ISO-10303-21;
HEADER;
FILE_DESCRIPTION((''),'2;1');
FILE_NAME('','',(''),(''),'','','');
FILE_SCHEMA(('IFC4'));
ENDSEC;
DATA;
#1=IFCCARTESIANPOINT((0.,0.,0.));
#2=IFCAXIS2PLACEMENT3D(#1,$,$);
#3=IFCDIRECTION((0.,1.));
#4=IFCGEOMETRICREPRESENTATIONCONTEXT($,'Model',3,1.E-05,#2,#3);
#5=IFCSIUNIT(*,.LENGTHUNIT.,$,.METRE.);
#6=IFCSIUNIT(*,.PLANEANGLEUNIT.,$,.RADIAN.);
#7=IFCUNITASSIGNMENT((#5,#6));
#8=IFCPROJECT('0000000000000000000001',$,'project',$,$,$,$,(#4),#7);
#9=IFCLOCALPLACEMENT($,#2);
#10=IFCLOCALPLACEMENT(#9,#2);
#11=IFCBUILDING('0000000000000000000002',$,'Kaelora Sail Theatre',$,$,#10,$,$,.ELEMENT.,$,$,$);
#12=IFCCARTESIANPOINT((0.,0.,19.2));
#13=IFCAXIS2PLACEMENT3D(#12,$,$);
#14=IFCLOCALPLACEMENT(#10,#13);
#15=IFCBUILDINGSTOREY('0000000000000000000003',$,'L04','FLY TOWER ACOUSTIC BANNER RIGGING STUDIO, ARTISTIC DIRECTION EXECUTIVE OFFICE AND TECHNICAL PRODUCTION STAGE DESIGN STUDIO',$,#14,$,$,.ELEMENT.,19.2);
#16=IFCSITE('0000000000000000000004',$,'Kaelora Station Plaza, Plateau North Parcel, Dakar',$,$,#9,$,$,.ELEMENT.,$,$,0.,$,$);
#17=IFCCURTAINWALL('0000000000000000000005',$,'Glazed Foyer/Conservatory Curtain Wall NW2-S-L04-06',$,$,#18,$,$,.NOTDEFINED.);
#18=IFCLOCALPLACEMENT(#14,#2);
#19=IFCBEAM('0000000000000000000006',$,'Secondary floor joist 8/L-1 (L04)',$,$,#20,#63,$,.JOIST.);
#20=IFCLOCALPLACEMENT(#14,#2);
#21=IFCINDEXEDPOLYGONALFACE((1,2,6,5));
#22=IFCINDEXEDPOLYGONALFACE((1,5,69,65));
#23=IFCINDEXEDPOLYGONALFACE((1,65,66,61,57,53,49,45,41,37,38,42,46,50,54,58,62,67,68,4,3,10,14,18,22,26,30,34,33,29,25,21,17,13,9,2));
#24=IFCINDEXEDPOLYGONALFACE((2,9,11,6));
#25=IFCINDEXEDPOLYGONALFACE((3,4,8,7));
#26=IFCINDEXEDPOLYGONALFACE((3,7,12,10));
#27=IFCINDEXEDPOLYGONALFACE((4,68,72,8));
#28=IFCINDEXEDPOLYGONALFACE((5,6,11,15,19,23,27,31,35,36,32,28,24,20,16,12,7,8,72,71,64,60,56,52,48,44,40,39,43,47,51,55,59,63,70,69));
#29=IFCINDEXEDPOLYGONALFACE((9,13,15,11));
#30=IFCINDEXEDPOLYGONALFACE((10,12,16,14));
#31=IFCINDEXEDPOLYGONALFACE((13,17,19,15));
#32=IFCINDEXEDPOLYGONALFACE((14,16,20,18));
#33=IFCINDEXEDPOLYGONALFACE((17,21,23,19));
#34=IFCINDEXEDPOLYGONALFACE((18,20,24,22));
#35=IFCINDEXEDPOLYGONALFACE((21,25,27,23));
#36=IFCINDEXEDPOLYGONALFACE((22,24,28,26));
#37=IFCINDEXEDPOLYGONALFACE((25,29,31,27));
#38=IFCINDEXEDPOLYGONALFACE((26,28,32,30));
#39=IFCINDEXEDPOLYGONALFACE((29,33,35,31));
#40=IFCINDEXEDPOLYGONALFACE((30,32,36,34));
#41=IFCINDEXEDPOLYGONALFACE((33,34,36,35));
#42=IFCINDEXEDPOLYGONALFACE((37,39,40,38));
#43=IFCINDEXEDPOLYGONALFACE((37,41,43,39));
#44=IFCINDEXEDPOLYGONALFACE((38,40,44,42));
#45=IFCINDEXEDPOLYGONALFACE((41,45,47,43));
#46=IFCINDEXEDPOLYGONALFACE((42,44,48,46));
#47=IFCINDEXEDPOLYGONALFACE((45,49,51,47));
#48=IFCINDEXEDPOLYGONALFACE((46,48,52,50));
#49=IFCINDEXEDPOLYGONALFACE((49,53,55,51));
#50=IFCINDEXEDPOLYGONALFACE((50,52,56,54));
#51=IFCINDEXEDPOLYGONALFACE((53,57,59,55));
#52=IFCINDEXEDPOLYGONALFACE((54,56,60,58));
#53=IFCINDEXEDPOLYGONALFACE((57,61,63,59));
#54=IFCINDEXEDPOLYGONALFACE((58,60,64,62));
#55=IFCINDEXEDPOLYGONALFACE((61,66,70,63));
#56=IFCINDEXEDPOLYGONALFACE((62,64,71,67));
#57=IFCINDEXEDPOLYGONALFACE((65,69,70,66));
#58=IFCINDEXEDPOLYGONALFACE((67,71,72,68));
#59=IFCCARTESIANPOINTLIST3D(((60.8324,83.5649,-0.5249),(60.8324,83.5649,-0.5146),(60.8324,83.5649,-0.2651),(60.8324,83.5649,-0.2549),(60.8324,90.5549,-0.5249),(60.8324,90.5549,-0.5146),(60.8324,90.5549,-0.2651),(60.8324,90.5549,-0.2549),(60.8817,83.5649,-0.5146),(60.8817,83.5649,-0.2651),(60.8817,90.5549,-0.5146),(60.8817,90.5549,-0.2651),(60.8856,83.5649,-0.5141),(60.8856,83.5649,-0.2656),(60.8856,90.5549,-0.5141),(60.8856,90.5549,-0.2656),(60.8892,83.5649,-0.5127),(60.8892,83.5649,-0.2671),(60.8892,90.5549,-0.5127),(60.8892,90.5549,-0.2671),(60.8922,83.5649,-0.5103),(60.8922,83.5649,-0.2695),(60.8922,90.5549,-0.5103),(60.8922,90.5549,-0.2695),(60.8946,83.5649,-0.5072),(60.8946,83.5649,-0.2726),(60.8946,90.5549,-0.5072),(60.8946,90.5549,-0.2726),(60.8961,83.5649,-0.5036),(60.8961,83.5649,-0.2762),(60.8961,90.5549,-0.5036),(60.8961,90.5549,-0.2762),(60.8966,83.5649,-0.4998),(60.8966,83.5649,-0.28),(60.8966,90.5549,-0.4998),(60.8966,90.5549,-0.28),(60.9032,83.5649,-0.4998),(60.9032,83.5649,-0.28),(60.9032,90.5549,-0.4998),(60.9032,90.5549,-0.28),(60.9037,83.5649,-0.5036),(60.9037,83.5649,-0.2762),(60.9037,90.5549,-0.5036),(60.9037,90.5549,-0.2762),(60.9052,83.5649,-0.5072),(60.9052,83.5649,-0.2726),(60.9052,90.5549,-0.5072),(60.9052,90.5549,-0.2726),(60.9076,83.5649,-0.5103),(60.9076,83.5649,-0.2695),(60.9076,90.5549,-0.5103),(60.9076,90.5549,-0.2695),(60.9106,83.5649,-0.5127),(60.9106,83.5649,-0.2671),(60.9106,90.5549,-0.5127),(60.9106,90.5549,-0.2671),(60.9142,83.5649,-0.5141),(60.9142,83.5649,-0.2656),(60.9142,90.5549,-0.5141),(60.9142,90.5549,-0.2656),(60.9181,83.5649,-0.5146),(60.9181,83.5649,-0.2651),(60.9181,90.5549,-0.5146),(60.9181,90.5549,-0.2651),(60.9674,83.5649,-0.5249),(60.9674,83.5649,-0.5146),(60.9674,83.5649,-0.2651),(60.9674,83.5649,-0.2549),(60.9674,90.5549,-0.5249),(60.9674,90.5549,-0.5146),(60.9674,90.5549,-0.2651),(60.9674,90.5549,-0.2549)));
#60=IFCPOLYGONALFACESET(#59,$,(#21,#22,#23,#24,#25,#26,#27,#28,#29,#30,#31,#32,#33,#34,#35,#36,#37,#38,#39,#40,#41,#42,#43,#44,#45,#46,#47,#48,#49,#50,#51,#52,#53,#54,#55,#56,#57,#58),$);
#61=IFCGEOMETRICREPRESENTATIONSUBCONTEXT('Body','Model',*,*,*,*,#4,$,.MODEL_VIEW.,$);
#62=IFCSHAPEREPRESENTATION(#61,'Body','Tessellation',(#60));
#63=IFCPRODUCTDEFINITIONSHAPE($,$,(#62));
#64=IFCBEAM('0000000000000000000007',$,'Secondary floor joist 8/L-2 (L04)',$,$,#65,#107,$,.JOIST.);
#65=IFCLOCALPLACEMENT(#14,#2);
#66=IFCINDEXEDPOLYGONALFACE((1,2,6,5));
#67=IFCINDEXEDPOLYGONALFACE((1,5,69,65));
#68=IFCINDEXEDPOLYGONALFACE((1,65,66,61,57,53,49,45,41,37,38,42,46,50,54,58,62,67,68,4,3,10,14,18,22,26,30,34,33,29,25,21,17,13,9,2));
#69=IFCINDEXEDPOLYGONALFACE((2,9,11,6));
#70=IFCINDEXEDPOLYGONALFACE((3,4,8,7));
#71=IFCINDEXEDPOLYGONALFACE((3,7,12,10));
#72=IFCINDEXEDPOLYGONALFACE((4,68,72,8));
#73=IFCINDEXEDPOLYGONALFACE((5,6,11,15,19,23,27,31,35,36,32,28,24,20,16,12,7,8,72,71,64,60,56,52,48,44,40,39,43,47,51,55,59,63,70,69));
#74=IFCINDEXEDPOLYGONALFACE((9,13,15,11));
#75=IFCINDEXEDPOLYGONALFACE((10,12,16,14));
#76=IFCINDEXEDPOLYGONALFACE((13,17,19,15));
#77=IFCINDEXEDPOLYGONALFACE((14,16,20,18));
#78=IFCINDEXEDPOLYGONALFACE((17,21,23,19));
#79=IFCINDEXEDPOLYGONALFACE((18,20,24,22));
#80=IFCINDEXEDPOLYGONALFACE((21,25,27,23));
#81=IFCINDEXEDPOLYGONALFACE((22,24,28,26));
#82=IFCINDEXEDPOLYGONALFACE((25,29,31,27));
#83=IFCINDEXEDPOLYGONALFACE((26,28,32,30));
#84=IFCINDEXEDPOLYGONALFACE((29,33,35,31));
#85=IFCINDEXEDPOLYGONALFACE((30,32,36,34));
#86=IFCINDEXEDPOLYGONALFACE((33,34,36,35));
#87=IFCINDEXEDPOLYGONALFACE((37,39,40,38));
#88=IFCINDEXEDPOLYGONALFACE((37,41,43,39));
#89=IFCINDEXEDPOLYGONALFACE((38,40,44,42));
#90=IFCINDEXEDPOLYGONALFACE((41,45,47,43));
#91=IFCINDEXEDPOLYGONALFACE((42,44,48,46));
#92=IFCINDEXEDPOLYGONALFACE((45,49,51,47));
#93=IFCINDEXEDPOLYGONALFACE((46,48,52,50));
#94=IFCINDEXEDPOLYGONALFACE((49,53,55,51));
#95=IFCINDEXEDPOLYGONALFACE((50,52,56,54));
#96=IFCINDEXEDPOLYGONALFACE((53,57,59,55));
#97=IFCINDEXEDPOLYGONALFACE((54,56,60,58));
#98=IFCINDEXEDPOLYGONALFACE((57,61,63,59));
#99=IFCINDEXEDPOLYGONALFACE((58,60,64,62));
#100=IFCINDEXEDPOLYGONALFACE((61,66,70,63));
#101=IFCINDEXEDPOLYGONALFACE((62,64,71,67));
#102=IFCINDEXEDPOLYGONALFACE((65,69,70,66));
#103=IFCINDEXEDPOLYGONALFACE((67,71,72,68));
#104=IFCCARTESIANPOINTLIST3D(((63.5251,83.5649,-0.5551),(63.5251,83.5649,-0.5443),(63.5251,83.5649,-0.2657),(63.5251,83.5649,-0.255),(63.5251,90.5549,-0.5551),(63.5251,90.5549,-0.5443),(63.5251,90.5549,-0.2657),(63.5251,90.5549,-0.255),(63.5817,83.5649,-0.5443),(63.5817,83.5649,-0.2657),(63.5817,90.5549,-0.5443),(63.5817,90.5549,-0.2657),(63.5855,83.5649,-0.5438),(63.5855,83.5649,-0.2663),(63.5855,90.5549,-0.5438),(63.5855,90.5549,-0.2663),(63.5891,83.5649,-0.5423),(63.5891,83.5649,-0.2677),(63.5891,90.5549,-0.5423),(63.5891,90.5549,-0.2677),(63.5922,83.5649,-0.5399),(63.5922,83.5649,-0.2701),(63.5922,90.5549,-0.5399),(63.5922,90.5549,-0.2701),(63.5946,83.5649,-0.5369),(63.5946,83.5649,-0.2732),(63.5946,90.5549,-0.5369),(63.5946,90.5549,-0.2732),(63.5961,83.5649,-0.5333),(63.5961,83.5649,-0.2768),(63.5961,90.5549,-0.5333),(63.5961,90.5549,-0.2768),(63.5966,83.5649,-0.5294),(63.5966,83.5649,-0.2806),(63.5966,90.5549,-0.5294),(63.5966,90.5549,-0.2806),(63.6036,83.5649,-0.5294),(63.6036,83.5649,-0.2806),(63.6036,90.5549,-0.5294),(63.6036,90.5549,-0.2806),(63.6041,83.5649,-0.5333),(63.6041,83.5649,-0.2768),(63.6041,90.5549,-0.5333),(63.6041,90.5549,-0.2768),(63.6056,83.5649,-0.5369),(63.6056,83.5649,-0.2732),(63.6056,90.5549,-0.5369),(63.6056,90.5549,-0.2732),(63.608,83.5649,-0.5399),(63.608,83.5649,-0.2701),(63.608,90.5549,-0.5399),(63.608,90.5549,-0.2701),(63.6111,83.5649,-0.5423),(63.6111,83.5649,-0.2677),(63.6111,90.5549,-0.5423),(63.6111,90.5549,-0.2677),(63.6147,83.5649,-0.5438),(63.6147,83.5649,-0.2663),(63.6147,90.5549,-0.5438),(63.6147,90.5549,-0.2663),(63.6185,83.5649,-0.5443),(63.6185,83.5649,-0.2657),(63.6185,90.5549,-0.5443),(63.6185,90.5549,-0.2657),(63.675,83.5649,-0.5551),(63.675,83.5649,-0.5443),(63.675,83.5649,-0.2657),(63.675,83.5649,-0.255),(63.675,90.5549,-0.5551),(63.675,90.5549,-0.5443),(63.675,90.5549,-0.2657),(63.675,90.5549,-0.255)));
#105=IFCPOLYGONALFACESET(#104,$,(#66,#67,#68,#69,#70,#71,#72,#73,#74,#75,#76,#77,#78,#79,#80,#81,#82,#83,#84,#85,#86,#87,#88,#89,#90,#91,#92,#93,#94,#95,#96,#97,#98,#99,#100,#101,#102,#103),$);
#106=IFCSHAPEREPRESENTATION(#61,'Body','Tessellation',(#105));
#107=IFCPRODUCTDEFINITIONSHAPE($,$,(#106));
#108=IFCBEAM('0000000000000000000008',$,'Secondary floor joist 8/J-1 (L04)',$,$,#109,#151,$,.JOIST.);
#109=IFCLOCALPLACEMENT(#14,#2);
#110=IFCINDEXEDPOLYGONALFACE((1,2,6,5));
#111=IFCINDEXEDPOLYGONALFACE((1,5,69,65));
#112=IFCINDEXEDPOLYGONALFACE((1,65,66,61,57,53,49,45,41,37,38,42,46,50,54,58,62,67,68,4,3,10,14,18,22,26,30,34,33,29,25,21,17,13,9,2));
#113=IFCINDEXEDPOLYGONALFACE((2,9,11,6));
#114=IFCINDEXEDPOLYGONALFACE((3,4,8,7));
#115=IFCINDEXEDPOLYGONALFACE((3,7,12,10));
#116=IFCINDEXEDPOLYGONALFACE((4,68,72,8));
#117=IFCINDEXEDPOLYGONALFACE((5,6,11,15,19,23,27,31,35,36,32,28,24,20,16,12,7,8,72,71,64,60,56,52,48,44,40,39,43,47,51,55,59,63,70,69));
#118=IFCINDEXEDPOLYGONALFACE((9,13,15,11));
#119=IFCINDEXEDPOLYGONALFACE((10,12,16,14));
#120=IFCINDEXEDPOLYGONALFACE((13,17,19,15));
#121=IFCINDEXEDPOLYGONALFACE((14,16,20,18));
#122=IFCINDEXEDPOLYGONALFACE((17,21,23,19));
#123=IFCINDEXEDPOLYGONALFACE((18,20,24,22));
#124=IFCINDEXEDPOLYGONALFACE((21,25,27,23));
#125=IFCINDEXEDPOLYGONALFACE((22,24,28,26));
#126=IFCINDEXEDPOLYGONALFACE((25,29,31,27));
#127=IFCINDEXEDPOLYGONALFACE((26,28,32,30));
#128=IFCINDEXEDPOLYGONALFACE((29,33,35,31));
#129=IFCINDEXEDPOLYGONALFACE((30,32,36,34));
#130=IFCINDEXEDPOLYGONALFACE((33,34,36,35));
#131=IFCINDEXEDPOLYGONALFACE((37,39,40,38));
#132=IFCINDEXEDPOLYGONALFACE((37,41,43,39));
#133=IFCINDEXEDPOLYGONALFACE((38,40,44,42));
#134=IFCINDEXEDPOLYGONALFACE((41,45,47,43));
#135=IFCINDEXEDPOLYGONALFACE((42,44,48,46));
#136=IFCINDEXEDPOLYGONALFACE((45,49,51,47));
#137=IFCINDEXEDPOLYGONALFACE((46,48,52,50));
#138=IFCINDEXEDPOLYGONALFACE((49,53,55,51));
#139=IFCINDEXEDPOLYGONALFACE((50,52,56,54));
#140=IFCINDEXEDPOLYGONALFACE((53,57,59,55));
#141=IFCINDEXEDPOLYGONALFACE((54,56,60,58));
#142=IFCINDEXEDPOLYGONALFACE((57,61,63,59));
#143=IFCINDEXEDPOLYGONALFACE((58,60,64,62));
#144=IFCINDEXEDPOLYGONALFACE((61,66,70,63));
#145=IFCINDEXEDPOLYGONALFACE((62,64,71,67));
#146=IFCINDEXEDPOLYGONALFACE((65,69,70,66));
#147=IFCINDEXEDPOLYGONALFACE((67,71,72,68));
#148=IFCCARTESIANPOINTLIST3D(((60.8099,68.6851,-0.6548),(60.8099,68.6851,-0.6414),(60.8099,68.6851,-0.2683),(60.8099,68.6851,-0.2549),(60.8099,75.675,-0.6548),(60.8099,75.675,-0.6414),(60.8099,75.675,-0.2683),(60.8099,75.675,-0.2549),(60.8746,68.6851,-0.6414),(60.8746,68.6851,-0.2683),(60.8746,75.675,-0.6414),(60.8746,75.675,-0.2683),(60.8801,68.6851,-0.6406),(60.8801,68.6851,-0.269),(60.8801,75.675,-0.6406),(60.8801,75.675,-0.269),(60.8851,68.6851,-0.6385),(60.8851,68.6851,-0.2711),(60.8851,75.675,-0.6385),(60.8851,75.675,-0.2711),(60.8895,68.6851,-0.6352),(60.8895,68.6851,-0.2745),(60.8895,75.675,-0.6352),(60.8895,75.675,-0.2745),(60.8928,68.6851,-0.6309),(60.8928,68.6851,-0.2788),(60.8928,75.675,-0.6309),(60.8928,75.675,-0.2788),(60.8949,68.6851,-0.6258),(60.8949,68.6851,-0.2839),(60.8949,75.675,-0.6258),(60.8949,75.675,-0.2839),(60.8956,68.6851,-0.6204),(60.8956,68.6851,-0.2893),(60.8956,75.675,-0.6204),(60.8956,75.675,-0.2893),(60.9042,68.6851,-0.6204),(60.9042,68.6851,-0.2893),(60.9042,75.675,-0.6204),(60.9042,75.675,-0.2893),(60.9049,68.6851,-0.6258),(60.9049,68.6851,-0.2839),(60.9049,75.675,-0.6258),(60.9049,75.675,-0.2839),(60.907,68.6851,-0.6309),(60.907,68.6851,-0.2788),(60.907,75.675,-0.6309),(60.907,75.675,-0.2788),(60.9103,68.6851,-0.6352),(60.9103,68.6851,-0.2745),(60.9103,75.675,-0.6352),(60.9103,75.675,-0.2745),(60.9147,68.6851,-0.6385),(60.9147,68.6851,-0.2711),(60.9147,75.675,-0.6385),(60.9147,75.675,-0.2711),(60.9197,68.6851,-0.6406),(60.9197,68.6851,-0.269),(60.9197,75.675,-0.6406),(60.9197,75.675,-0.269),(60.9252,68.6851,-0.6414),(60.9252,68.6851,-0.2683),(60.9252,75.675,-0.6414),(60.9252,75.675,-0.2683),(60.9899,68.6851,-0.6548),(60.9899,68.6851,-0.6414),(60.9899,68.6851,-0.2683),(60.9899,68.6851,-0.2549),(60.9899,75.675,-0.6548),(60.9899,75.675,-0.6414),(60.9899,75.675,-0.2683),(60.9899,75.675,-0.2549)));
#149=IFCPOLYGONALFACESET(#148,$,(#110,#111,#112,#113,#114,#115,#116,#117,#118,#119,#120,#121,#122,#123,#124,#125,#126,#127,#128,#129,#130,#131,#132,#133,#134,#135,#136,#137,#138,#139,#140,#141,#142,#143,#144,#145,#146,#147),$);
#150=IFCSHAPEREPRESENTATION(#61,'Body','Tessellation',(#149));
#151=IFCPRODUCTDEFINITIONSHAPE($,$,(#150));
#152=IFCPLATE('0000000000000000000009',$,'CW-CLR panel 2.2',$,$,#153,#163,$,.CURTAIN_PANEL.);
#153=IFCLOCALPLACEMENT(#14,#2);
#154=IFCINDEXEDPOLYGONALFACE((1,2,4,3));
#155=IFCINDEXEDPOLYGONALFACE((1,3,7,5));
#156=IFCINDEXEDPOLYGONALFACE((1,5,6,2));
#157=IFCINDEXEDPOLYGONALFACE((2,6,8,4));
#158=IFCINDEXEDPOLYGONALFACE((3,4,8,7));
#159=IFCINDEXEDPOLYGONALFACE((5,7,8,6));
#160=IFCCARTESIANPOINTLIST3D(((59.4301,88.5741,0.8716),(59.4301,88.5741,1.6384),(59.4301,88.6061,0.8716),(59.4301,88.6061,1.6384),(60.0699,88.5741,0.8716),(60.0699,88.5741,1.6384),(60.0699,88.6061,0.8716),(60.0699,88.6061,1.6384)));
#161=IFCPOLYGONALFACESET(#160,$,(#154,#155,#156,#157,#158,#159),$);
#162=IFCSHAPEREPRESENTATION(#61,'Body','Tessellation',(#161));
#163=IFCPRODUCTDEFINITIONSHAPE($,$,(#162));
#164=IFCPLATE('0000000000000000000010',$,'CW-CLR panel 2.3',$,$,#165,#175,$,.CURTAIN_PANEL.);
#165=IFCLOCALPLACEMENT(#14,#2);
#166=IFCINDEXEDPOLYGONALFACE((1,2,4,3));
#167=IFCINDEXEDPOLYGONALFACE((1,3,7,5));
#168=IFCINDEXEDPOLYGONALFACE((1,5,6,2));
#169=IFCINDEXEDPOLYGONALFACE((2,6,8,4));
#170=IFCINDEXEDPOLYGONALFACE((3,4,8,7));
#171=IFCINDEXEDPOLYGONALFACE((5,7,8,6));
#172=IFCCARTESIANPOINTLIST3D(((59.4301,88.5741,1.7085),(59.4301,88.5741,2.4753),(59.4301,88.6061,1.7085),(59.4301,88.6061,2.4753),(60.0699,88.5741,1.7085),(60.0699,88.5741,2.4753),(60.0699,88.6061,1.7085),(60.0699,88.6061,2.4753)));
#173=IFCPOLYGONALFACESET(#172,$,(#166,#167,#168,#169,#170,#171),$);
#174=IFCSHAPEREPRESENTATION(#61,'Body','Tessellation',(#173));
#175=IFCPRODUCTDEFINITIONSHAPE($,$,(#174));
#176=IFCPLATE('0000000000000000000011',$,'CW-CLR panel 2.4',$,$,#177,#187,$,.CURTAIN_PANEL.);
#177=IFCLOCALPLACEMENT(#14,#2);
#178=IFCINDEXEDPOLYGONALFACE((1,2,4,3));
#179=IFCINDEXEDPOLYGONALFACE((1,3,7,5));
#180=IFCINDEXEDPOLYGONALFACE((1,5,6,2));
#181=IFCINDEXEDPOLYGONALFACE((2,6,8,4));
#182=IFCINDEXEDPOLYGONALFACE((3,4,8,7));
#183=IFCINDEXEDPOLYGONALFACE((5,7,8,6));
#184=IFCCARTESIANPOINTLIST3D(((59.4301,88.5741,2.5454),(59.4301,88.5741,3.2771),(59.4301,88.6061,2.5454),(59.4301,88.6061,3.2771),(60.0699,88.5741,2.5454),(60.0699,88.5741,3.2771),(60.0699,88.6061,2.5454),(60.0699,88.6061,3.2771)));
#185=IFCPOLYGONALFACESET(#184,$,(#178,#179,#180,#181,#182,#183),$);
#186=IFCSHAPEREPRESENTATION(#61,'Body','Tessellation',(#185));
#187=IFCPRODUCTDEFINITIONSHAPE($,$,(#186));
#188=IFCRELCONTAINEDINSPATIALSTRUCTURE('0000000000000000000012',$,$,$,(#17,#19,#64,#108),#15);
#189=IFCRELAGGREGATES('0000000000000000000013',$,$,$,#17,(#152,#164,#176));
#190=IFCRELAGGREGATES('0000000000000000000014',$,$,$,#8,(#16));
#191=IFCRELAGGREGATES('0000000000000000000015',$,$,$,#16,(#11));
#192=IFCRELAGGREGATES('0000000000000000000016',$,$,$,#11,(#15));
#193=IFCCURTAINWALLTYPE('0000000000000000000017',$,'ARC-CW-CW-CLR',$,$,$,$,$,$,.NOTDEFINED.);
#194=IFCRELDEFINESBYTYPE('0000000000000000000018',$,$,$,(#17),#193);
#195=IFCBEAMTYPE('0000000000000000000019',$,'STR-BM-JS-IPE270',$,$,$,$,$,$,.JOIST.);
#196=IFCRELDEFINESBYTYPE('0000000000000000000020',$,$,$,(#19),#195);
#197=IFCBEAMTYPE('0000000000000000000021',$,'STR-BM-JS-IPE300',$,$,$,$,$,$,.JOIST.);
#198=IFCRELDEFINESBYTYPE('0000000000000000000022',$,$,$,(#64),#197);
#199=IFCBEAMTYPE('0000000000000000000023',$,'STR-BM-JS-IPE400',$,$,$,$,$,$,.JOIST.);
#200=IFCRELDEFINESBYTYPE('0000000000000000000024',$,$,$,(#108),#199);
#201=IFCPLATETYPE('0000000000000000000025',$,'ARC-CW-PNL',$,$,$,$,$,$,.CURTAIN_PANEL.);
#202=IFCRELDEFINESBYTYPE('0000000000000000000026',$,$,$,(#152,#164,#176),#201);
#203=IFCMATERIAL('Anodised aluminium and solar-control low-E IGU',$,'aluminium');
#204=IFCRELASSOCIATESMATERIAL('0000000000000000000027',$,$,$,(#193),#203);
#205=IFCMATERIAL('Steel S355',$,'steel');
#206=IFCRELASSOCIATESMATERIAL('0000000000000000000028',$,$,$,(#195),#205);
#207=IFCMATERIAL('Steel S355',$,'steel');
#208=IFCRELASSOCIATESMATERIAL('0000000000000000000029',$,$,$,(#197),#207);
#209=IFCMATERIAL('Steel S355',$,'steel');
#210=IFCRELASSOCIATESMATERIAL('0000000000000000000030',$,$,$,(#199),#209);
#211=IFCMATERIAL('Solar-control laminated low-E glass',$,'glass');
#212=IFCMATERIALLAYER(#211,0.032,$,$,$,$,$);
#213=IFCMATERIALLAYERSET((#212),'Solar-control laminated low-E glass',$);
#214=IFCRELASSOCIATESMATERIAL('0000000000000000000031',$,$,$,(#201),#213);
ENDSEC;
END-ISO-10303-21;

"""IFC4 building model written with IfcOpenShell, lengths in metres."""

from ifc_helpers import new_model, si_unit, direction, frame, origin, origin_2d, place, context, subcontext, project, spatial, rectangle, i_section, extrude, material, layer, layer_set, material_profile, profile_set, type_object, element, aggregate, save


model = new_model("IFC4")

# Units and contexts
model_context = context("Model", 3, precision=1e-05, world=origin(), true_north=direction((0.0, 1.0)))
body_context = subcontext(model_context, "Body", "Model", "MODEL_VIEW")
ifc_project = project(units=[si_unit("LENGTHUNIT", "METRE"), si_unit("PLANEANGLEUNIT", "RADIAN")], contexts=[model_context])

# Site, building, storey
site_placement = place(None, origin())
site = spatial("IfcSite", under=ifc_project, at=site_placement, Name="Kaelora Station Plaza, Plateau North Parcel, Dakar", CompositionType="ELEMENT", RefElevation=0.0)
building_placement = place(site_placement, origin())
building = spatial("IfcBuilding", under=site, at=building_placement, Name="Kaelora Sail Theatre", CompositionType="ELEMENT")
storey_placement = place(building_placement, frame((0.0, 0.0, 19.2)))
storey = spatial("IfcBuildingStorey", under=building, at=storey_placement, Name="L04", Description="FLY TOWER ACOUSTIC BANNER RIGGING STUDIO, ARTISTIC DIRECTION EXECUTIVE OFFICE AND TECHNICAL PRODUCTION STAGE DESIGN STUDIO", CompositionType="ELEMENT", Elevation=19.2)

# Curtain wall
ifc_material_1 = material(Name="Anodised aluminium and solar-control low-E IGU", Category="aluminium")
curtain_wall_type = type_object("IfcCurtainWallType", Name="ARC-CW-CW-CLR", PredefinedType="NOTDEFINED", material=ifc_material_1)
curtain_wall_placement = place(storey_placement, origin())
curtain_wall = element("IfcCurtainWall", 1, at=curtain_wall_placement, inside=storey, type_object=curtain_wall_type, Name="Glazed Foyer/Conservatory Curtain Wall NW2-S-L04-06", PredefinedType="NOTDEFINED")

# Beams
ifc_material_2 = material(Name="Steel S355", Category="steel")
ifc_material_profile_1 = material_profile(ifc_material_2, i_section(OverallWidth=0.135, OverallDepth=0.27, WebThickness=0.0066, FlangeThickness=0.0103, FilletRadius=0.0149, at=origin_2d()), Name="IPE 270")
ifc_profile_set_1 = profile_set([ifc_material_profile_1], Name="Steel S355")
beam_type_1 = type_object("IfcBeamType", Name="STR-BM-JS-IPE270", PredefinedType="JOIST", material=ifc_profile_set_1)
beam_1_placement = place(storey_placement, frame((60.8999, 83.5649, -0.3899), z_axis=(0.0, 1.0, 0.0), x_axis=(-1.0, 0.0, 0.0)))
element("IfcBeam", 2, at=beam_1_placement, inside=storey, type_object=beam_type_1, Name="Secondary floor joist 8/L-1 (L04)", PredefinedType="JOIST", context=body_context, shape_type="SweptSolid", body=[
    extrude(i_section(OverallWidth=0.135, OverallDepth=0.27, WebThickness=0.0066, FlangeThickness=0.0103, FilletRadius=0.0149, at=origin_2d()), origin(), (0.0, 0.0, 1.0), 6.99),
])
ifc_material_3 = material(Name="Steel S355", Category="steel")
ifc_material_profile_2 = material_profile(ifc_material_3, i_section(OverallWidth=0.1499, OverallDepth=0.3, WebThickness=0.0071, FlangeThickness=0.0107, FilletRadius=0.0149, at=origin_2d()), Name="IPE 300")
ifc_profile_set_2 = profile_set([ifc_material_profile_2], Name="Steel S355")
beam_type_2 = type_object("IfcBeamType", Name="STR-BM-JS-IPE300", PredefinedType="JOIST", material=ifc_profile_set_2)
beam_2_placement = place(storey_placement, frame((63.6001, 83.5649, -0.405), z_axis=(0.0, 1.0, 0.0), x_axis=(-1.0, 0.0, 0.0)))
element("IfcBeam", 3, at=beam_2_placement, inside=storey, type_object=beam_type_2, Name="Secondary floor joist 8/L-2 (L04)", PredefinedType="JOIST", context=body_context, shape_type="SweptSolid", body=[
    extrude(i_section(OverallWidth=0.1499, OverallDepth=0.3, WebThickness=0.0071, FlangeThickness=0.0107, FilletRadius=0.0149, at=origin_2d()), origin(), (0.0, 0.0, 1.0), 6.99),
])
ifc_material_4 = material(Name="Steel S355", Category="steel")
ifc_material_profile_3 = material_profile(ifc_material_4, i_section(OverallWidth=0.1799, OverallDepth=0.3999, WebThickness=0.0085, FlangeThickness=0.0134, FilletRadius=0.021, at=origin_2d()), Name="IPE 400")
ifc_profile_set_3 = profile_set([ifc_material_profile_3], Name="Steel S355")
beam_type_3 = type_object("IfcBeamType", Name="STR-BM-JS-IPE400", PredefinedType="JOIST", material=ifc_profile_set_3)
beam_3_placement = place(storey_placement, frame((60.8999, 68.6851, -0.4548), z_axis=(0.0, 1.0, 0.0), x_axis=(-1.0, 0.0, 0.0)))
element("IfcBeam", 4, at=beam_3_placement, inside=storey, type_object=beam_type_3, Name="Secondary floor joist 8/J-1 (L04)", PredefinedType="JOIST", context=body_context, shape_type="SweptSolid", body=[
    extrude(i_section(OverallWidth=0.1799, OverallDepth=0.3999, WebThickness=0.0085, FlangeThickness=0.0134, FilletRadius=0.021, at=origin_2d()), origin(), (0.0, 0.0, 1.0), 6.99),
])

# Plates
ifc_material_5 = material(Name="Solar-control laminated low-E glass", Category="glass")
ifc_layer = layer(ifc_material_5, 0.032)
ifc_layer_set = layer_set([ifc_layer], Name="Solar-control laminated low-E glass")
plate_type = type_object("IfcPlateType", Name="ARC-CW-PNL", PredefinedType="CURTAIN_PANEL", material=ifc_layer_set)
plate_1_placement = place(storey_placement, frame((59.75, 88.5901, 0.8716), z_axis=(0.0, 0.0, 1.0), x_axis=(1.0, 0.0, 0.0)))
plate_1 = element("IfcPlate", 5, at=plate_1_placement, type_object=plate_type, Name="CW-CLR panel 2.2", PredefinedType="CURTAIN_PANEL", context=body_context, shape_type="SweptSolid", body=[
    extrude(rectangle(XDim=0.6399, YDim=0.032, at=origin_2d()), origin(), (0.0, 0.0, 1.0), 0.7668),
])
plate_2_placement = place(storey_placement, frame((59.75, 88.5901, 1.7085), z_axis=(0.0, 0.0, 1.0), x_axis=(1.0, 0.0, 0.0)))
plate_2 = element("IfcPlate", 6, at=plate_2_placement, type_object=plate_type, Name="CW-CLR panel 2.3", PredefinedType="CURTAIN_PANEL", context=body_context, shape_type="SweptSolid", body=[
    extrude(rectangle(XDim=0.6399, YDim=0.032, at=origin_2d()), origin(), (0.0, 0.0, 1.0), 0.7668),
])
plate_3_placement = place(storey_placement, frame((59.75, 88.5901, 2.5454), z_axis=(0.0, 0.0, 1.0), x_axis=(1.0, 0.0, 0.0)))
plate_3 = element("IfcPlate", 7, at=plate_3_placement, type_object=plate_type, Name="CW-CLR panel 2.4", PredefinedType="CURTAIN_PANEL", context=body_context, shape_type="SweptSolid", body=[
    extrude(rectangle(XDim=0.6399, YDim=0.032, at=origin_2d()), origin(), (0.0, 0.0, 1.0), 0.7317),
])
aggregate(curtain_wall, [plate_1, plate_2, plate_3])

save(model, "model.ifc")
